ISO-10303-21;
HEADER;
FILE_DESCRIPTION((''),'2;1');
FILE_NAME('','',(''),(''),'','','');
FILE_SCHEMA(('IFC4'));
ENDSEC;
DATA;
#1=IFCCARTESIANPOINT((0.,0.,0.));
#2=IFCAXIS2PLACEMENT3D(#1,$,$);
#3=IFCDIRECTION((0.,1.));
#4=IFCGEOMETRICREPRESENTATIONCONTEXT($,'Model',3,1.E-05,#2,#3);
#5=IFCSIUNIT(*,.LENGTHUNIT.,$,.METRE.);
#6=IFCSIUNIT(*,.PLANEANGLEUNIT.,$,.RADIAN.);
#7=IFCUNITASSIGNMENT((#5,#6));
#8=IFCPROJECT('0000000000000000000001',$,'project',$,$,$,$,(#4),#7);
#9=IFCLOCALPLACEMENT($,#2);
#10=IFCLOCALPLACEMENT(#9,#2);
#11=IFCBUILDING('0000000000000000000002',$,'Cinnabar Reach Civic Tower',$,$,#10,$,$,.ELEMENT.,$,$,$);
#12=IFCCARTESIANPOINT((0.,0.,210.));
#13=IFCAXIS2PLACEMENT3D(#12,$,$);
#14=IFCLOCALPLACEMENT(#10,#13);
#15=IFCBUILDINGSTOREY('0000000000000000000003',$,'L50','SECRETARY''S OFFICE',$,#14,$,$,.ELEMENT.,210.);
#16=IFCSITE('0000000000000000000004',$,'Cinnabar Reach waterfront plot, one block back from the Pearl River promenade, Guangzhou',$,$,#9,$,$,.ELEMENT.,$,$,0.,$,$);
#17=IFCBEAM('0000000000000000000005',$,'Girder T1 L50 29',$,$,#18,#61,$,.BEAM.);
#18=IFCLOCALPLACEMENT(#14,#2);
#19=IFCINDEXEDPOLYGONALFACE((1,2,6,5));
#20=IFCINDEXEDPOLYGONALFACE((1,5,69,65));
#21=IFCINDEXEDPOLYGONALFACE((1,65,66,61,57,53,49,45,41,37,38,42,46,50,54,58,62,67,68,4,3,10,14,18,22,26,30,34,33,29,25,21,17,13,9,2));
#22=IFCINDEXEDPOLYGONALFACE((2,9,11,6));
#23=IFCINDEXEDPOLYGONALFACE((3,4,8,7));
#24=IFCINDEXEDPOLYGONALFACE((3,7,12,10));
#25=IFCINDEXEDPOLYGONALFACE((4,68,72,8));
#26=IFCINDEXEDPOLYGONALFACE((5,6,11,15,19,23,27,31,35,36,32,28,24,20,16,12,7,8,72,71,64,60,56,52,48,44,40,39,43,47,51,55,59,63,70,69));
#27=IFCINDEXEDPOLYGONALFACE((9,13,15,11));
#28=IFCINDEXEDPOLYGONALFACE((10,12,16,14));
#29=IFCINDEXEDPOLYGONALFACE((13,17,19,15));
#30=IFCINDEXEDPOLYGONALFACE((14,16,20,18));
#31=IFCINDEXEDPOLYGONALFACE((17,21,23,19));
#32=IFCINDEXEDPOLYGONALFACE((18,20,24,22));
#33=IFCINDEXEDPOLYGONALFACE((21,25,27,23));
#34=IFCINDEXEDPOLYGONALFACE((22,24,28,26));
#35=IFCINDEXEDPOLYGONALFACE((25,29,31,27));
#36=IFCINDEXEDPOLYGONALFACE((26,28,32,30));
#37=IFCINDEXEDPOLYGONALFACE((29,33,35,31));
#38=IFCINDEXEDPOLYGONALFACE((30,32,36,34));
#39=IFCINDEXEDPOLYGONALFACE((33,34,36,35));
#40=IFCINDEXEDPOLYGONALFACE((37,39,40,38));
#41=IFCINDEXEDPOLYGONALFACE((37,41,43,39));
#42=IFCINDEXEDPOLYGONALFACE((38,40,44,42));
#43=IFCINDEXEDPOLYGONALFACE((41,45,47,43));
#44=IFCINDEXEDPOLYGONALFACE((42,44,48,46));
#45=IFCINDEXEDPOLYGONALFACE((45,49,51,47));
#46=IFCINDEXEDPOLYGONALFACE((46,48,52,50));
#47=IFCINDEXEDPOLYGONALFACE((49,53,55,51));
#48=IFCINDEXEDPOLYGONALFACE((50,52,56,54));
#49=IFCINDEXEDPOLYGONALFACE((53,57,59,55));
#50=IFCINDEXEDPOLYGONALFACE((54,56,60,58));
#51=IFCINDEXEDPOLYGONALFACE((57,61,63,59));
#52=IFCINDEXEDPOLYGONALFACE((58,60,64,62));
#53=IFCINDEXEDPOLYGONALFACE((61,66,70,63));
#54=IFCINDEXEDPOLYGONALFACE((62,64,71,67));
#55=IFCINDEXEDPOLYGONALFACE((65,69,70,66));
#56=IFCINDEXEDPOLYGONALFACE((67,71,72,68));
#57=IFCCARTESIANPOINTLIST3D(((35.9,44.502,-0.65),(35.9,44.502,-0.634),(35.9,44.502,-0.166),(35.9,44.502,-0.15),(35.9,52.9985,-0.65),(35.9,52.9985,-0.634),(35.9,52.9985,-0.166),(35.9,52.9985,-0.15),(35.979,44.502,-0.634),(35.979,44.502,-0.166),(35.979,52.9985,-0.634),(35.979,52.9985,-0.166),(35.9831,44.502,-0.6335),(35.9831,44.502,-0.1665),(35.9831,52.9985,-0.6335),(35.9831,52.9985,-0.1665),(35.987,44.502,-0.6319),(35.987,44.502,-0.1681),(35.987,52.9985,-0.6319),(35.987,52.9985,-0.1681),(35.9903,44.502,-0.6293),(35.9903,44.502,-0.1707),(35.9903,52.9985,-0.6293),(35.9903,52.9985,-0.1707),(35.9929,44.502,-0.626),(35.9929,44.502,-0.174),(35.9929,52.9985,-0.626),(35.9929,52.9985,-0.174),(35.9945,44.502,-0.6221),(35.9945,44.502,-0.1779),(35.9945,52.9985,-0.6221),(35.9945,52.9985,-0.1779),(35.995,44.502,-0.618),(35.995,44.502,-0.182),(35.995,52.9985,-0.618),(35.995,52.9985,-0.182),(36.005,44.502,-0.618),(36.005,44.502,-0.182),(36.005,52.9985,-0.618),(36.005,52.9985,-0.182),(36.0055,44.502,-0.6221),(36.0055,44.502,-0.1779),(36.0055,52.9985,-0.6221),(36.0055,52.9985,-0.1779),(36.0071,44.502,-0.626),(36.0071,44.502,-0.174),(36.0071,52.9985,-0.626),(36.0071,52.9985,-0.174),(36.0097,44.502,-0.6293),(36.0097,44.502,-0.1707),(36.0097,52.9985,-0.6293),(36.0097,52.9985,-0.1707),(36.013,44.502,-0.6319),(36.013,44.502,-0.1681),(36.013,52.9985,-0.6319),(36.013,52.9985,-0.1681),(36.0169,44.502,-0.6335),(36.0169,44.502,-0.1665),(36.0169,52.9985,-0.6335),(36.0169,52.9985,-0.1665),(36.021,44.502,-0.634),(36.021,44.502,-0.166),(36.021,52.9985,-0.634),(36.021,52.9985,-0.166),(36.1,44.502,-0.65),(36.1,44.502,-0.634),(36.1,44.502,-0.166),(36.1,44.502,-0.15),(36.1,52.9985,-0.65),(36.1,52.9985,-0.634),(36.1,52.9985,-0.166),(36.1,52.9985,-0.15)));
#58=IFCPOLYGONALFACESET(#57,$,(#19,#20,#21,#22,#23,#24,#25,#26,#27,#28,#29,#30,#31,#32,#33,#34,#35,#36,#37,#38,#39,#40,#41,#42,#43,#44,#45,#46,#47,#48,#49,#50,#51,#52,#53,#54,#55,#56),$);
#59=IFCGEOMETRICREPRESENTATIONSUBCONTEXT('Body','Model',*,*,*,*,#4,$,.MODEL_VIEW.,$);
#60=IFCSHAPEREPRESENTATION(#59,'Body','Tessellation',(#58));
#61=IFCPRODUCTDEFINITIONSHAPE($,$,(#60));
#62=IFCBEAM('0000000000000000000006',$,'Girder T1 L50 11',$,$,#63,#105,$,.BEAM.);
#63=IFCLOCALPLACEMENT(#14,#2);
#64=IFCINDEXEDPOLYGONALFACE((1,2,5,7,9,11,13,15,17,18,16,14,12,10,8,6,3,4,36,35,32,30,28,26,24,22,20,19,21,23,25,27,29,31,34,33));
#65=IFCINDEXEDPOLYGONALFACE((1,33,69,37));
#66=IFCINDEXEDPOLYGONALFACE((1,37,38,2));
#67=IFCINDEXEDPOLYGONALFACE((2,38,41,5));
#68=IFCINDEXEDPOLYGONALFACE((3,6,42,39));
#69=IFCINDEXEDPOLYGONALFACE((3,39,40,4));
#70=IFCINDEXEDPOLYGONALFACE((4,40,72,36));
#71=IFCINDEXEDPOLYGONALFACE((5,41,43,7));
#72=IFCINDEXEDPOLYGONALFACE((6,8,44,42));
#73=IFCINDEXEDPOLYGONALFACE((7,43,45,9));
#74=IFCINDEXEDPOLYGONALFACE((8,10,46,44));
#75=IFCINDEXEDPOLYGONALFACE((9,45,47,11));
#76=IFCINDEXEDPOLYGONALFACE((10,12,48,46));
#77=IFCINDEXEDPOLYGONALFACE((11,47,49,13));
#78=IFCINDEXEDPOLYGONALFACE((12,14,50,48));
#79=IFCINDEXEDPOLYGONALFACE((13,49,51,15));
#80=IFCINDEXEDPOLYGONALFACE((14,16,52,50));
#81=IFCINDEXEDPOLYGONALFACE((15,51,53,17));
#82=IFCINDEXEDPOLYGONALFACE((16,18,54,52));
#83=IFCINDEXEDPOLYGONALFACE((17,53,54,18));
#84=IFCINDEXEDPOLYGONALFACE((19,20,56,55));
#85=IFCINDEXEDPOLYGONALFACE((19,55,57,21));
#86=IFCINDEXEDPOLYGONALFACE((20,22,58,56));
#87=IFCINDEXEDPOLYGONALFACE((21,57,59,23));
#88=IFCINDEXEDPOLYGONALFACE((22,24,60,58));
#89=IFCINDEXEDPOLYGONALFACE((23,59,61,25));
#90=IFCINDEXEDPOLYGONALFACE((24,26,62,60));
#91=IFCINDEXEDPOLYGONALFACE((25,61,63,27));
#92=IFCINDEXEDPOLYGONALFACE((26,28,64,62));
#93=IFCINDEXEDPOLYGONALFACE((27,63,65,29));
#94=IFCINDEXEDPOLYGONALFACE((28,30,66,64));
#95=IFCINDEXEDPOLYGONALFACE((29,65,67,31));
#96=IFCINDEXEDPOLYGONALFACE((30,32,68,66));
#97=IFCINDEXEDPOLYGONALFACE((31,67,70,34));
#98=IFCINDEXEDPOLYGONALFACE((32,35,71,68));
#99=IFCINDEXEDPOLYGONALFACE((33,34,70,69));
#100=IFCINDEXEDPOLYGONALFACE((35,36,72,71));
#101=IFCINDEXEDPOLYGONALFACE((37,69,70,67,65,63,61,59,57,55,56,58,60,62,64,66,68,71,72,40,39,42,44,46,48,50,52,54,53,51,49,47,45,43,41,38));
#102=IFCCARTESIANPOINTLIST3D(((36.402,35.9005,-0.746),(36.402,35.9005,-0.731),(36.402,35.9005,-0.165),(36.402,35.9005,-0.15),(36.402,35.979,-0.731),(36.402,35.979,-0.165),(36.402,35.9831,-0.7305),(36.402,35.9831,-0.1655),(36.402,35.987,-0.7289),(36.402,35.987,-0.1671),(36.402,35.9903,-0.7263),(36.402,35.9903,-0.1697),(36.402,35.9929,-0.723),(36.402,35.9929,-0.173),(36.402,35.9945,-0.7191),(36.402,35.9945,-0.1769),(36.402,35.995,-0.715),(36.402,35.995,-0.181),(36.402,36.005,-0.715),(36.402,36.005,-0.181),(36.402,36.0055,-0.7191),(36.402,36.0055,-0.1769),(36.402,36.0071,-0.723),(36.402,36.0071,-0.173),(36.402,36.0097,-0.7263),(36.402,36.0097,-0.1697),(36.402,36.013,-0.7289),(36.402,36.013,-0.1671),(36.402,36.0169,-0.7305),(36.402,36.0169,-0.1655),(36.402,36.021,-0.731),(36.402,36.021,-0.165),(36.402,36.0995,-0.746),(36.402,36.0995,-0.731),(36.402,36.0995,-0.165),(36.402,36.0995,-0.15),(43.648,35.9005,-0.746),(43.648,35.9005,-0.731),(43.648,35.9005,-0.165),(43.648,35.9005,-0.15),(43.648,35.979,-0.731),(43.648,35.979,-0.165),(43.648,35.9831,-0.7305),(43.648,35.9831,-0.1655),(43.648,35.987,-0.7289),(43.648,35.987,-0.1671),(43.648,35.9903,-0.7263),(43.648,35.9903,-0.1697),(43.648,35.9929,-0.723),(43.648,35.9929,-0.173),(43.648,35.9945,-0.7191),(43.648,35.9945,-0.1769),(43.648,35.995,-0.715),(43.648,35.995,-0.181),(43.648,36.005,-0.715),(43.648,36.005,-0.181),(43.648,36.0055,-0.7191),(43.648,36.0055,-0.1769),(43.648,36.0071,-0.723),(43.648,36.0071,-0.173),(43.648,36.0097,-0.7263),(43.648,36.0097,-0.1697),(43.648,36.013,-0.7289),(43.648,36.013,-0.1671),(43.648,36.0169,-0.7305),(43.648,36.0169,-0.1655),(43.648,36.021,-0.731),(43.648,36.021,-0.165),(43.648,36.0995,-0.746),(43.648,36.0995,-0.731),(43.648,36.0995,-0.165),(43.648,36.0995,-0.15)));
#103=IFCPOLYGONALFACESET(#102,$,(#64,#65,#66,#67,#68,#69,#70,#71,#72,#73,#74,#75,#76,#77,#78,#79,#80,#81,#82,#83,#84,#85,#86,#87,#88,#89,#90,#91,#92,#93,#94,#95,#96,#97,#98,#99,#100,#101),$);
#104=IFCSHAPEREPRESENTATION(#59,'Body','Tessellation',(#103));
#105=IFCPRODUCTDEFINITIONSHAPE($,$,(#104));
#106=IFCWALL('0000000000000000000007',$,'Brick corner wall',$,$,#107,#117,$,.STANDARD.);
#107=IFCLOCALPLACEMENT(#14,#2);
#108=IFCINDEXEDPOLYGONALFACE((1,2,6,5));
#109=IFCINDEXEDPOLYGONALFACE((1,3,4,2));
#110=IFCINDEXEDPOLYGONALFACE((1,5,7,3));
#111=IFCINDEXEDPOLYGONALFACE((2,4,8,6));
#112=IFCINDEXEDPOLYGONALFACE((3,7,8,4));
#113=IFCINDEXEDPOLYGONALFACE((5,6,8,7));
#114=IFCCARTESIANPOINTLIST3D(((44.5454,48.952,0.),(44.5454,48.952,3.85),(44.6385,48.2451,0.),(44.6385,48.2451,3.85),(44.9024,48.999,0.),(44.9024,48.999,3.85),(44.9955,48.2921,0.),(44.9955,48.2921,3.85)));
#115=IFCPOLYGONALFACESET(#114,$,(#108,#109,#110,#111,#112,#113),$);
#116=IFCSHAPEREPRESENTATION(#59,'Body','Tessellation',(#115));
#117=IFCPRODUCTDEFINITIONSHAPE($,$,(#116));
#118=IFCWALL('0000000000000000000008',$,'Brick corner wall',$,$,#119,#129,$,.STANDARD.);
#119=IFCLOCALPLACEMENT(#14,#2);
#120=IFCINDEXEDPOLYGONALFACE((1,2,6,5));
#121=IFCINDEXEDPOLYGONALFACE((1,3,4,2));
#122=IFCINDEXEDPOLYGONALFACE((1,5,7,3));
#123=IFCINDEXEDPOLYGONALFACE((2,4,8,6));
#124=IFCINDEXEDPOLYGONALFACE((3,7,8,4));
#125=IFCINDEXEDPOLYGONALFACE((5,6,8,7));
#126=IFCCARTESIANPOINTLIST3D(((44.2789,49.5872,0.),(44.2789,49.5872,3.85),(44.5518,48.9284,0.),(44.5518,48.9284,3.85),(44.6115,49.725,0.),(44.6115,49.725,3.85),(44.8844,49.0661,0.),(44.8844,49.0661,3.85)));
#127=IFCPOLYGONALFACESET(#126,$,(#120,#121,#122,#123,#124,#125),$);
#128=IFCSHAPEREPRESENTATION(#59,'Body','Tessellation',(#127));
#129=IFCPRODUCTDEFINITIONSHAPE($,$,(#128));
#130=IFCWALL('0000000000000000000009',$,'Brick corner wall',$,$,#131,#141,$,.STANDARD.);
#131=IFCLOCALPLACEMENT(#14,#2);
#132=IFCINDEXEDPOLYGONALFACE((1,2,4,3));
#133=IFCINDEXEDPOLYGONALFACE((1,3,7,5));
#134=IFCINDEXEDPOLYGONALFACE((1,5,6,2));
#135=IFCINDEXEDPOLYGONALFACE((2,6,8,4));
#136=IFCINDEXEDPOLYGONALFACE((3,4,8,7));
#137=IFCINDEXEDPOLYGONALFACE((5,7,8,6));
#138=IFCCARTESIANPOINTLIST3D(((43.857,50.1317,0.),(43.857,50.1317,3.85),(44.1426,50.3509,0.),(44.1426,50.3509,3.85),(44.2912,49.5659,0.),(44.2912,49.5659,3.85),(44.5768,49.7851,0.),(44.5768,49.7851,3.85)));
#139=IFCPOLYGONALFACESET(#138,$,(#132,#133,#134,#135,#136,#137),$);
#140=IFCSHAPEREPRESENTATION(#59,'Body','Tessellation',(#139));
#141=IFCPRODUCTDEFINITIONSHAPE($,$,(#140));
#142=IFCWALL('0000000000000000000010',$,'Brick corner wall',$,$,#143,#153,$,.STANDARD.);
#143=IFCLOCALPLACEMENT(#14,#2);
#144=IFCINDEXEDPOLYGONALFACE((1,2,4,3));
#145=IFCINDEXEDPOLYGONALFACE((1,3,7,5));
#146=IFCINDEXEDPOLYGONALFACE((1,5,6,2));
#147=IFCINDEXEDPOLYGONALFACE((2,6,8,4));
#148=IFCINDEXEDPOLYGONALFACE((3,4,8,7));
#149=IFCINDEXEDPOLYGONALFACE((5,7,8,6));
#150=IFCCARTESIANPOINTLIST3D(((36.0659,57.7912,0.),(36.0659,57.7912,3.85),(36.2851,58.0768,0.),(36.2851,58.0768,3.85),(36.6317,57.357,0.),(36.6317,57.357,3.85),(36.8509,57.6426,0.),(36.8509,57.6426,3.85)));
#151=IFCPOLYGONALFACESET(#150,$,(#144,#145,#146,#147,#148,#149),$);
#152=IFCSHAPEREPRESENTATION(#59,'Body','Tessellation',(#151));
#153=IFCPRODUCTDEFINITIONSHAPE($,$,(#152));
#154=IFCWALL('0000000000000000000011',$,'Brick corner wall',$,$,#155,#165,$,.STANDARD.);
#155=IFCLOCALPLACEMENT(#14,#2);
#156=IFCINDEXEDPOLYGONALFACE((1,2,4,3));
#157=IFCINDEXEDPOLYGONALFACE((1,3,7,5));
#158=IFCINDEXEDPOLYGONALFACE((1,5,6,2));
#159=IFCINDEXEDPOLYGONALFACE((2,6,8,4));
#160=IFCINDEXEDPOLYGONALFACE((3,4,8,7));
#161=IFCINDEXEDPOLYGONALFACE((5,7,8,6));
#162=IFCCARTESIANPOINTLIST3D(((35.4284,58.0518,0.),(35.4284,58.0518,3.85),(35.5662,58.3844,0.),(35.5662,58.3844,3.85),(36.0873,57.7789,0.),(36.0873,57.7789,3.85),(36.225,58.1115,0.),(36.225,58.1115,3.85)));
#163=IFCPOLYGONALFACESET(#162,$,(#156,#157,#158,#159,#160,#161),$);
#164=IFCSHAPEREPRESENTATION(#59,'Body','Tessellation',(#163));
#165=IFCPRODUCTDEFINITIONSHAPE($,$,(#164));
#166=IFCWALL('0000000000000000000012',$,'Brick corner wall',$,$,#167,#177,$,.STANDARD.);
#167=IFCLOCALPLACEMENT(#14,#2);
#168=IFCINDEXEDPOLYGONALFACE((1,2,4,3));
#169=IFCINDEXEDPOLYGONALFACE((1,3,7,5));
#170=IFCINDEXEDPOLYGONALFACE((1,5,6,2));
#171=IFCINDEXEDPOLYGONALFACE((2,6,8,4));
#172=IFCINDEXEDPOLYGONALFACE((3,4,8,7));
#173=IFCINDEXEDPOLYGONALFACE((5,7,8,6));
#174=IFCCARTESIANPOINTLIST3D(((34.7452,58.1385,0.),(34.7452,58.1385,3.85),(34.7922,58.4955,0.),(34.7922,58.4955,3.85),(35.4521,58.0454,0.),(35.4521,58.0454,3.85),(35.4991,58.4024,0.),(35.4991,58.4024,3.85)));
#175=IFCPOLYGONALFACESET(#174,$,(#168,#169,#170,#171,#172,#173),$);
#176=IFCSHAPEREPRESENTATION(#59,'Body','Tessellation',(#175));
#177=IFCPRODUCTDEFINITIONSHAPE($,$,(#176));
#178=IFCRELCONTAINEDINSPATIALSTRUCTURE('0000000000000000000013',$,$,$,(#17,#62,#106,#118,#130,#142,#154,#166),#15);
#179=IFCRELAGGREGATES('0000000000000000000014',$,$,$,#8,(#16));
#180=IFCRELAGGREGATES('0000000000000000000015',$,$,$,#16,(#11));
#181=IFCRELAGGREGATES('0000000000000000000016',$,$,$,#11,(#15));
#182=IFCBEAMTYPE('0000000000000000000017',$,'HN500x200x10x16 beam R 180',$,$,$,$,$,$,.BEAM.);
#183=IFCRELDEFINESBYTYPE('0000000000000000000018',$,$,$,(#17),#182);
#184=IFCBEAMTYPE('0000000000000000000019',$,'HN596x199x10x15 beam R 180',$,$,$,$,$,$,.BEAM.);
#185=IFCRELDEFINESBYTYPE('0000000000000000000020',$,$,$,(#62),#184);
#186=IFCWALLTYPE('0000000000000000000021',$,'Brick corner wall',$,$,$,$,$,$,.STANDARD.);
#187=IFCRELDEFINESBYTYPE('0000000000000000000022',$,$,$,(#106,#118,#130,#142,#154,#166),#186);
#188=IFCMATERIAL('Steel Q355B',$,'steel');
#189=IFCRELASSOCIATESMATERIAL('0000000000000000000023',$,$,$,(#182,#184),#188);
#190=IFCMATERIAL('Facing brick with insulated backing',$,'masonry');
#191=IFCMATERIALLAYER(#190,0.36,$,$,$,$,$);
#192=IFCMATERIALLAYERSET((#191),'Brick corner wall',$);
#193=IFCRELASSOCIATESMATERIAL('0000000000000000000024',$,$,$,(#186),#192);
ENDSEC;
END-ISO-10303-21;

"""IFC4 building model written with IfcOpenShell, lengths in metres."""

from ifc_helpers import new_model, si_unit, direction, frame, frame_2d, origin, origin_2d, place, context, subcontext, project, spatial, rectangle, i_section, extrude, material, layer, layer_set, material_profile, profile_set, type_object, element, save


model = new_model("IFC4")

# Units and contexts
model_context = context("Model", 3, precision=1e-05, world=origin(), true_north=direction((0.0, 1.0)))
body_context = subcontext(model_context, "Body", "Model", "MODEL_VIEW")
ifc_project = project(units=[si_unit("LENGTHUNIT", "METRE"), si_unit("PLANEANGLEUNIT", "RADIAN")], contexts=[model_context])

# Site, building, storey
site_placement = place(None, origin())
site = spatial("IfcSite", under=ifc_project, at=site_placement, Name="Cinnabar Reach waterfront plot, one block back from the Pearl River promenade, Guangzhou", CompositionType="ELEMENT", RefElevation=0.0)
building_placement = place(site_placement, origin())
building = spatial("IfcBuilding", under=site, at=building_placement, Name="Cinnabar Reach Civic Tower", CompositionType="ELEMENT")
storey_placement = place(building_placement, frame((0.0, 0.0, 210.0)))
storey = spatial("IfcBuildingStorey", under=building, at=storey_placement, Name="L50", Description="SECRETARY'S OFFICE", CompositionType="ELEMENT", Elevation=210.0)

# Beams
ifc_material_1 = material(Name="Steel Q355B", Category="steel")
ifc_material_profile_1 = material_profile(ifc_material_1, i_section(OverallWidth=0.2, OverallDepth=0.5, WebThickness=0.01, FlangeThickness=0.016, FilletRadius=0.016, at=origin_2d()), Name="HN500x200x10x16")
ifc_profile_set_1 = profile_set([ifc_material_profile_1], Name="Steel Q355B")
beam_type_1 = type_object("IfcBeamType", Name="HN500x200x10x16 beam R 180", PredefinedType="BEAM", material=ifc_profile_set_1)
beam_1_placement = place(storey_placement, frame((36.0, 44.502, -0.4), z_axis=(0.0, 1.0, 0.0), x_axis=(-1.0, 0.0, 0.0)))
element("IfcBeam", 1, at=beam_1_placement, inside=storey, type_object=beam_type_1, Name="Girder T1 L50 29", PredefinedType="BEAM", context=body_context, shape_type="SweptSolid", body=[
    extrude(i_section(OverallWidth=0.2, OverallDepth=0.5, WebThickness=0.01, FlangeThickness=0.016, FilletRadius=0.016, at=origin_2d()), origin(), (0.0, 0.0, 1.0), 8.4965),
])
ifc_material_profile_2 = material_profile(ifc_material_1, i_section(OverallWidth=0.199, OverallDepth=0.596, WebThickness=0.01, FlangeThickness=0.015, FilletRadius=0.016, at=origin_2d()), Name="HN596x199x10x15")
ifc_profile_set_2 = profile_set([ifc_material_profile_2], Name="Steel Q355B")
beam_type_2 = type_object("IfcBeamType", Name="HN596x199x10x15 beam R 180", PredefinedType="BEAM", material=ifc_profile_set_2)
beam_2_placement = place(storey_placement, frame((36.402, 36.0, -0.448), z_axis=(1.0, 0.0, 0.0), x_axis=(0.0, 1.0, 0.0)))
element("IfcBeam", 2, at=beam_2_placement, inside=storey, type_object=beam_type_2, Name="Girder T1 L50 11", PredefinedType="BEAM", context=body_context, shape_type="SweptSolid", body=[
    extrude(i_section(OverallWidth=0.199, OverallDepth=0.596, WebThickness=0.01, FlangeThickness=0.015, FilletRadius=0.016, at=origin_2d()), origin(), (0.0, 0.0, 1.0), 7.246),
])

# Walls
ifc_material_2 = material(Name="Facing brick with insulated backing", Category="masonry")
ifc_layer_1 = layer(ifc_material_2, 0.36)
ifc_layer_set_1 = layer_set([ifc_layer_1], Name="Brick corner wall")
wall_type_1 = type_object("IfcWallType", Name="Brick corner wall", PredefinedType="STANDARD", material=ifc_layer_set_1)
for number, where, z_axis, x_axis, name in (
    (3, (44.817, 48.2686, 0.0), (0.0, 0.0, 1.0), (-0.130556, 0.991441, 0.0), "Brick corner wall"),
    (4, (44.7181, 48.9973, 0.0), (0.0, 0.0, 1.0), (-0.382703, 0.923872, 0.0), "Brick corner wall"),
):
    element("IfcWall", number, at=place(storey_placement, frame(where, z_axis=z_axis, x_axis=x_axis)), inside=storey, type_object=wall_type_1, Name=name, PredefinedType="STANDARD", context=body_context, shape_type="SweptSolid", body=[
        extrude(rectangle(XDim=0.7131, YDim=0.36, at=frame_2d((0.3565, 0.0))), origin(), (0.0, 0.0, 1.0), 3.85),
    ])
for number, where, z_axis, x_axis, name in (
    (5, (44.434, 49.6755, 0.0), (0.0, 0.0, 1.0), (-0.608802, 0.793322, 0.0), "Brick corner wall"),
    (6, (36.7413, 57.4998, 0.0), (0.0, 0.0, 1.0), (-0.793322, 0.608802, 0.0), "Brick corner wall"),
):
    element("IfcWall", number, at=place(storey_placement, frame(where, z_axis=z_axis, x_axis=x_axis)), inside=storey, type_object=wall_type_1, Name=name, PredefinedType="STANDARD", context=body_context, shape_type="SweptSolid", body=[
        extrude(rectangle(XDim=0.7132, YDim=0.36, at=frame_2d((0.3566, 0.0))), origin(), (0.0, 0.0, 1.0), 3.85),
    ])
for number, where, z_axis, x_axis, name in (
    (7, (36.1561, 57.9452, 0.0), (0.0, 0.0, 1.0), (-0.923872, 0.382703, 0.0), "Brick corner wall"),
    (8, (35.4756, 58.2239, 0.0), (0.0, 0.0, 1.0), (-0.991441, 0.130556, 0.0), "Brick corner wall"),
):
    element("IfcWall", number, at=place(storey_placement, frame(where, z_axis=z_axis, x_axis=x_axis)), inside=storey, type_object=wall_type_1, Name=name, PredefinedType="STANDARD", context=body_context, shape_type="SweptSolid", body=[
        extrude(rectangle(XDim=0.7131, YDim=0.36, at=frame_2d((0.3565, 0.0))), origin(), (0.0, 0.0, 1.0), 3.85),
    ])

save(model, "model.ifc")
